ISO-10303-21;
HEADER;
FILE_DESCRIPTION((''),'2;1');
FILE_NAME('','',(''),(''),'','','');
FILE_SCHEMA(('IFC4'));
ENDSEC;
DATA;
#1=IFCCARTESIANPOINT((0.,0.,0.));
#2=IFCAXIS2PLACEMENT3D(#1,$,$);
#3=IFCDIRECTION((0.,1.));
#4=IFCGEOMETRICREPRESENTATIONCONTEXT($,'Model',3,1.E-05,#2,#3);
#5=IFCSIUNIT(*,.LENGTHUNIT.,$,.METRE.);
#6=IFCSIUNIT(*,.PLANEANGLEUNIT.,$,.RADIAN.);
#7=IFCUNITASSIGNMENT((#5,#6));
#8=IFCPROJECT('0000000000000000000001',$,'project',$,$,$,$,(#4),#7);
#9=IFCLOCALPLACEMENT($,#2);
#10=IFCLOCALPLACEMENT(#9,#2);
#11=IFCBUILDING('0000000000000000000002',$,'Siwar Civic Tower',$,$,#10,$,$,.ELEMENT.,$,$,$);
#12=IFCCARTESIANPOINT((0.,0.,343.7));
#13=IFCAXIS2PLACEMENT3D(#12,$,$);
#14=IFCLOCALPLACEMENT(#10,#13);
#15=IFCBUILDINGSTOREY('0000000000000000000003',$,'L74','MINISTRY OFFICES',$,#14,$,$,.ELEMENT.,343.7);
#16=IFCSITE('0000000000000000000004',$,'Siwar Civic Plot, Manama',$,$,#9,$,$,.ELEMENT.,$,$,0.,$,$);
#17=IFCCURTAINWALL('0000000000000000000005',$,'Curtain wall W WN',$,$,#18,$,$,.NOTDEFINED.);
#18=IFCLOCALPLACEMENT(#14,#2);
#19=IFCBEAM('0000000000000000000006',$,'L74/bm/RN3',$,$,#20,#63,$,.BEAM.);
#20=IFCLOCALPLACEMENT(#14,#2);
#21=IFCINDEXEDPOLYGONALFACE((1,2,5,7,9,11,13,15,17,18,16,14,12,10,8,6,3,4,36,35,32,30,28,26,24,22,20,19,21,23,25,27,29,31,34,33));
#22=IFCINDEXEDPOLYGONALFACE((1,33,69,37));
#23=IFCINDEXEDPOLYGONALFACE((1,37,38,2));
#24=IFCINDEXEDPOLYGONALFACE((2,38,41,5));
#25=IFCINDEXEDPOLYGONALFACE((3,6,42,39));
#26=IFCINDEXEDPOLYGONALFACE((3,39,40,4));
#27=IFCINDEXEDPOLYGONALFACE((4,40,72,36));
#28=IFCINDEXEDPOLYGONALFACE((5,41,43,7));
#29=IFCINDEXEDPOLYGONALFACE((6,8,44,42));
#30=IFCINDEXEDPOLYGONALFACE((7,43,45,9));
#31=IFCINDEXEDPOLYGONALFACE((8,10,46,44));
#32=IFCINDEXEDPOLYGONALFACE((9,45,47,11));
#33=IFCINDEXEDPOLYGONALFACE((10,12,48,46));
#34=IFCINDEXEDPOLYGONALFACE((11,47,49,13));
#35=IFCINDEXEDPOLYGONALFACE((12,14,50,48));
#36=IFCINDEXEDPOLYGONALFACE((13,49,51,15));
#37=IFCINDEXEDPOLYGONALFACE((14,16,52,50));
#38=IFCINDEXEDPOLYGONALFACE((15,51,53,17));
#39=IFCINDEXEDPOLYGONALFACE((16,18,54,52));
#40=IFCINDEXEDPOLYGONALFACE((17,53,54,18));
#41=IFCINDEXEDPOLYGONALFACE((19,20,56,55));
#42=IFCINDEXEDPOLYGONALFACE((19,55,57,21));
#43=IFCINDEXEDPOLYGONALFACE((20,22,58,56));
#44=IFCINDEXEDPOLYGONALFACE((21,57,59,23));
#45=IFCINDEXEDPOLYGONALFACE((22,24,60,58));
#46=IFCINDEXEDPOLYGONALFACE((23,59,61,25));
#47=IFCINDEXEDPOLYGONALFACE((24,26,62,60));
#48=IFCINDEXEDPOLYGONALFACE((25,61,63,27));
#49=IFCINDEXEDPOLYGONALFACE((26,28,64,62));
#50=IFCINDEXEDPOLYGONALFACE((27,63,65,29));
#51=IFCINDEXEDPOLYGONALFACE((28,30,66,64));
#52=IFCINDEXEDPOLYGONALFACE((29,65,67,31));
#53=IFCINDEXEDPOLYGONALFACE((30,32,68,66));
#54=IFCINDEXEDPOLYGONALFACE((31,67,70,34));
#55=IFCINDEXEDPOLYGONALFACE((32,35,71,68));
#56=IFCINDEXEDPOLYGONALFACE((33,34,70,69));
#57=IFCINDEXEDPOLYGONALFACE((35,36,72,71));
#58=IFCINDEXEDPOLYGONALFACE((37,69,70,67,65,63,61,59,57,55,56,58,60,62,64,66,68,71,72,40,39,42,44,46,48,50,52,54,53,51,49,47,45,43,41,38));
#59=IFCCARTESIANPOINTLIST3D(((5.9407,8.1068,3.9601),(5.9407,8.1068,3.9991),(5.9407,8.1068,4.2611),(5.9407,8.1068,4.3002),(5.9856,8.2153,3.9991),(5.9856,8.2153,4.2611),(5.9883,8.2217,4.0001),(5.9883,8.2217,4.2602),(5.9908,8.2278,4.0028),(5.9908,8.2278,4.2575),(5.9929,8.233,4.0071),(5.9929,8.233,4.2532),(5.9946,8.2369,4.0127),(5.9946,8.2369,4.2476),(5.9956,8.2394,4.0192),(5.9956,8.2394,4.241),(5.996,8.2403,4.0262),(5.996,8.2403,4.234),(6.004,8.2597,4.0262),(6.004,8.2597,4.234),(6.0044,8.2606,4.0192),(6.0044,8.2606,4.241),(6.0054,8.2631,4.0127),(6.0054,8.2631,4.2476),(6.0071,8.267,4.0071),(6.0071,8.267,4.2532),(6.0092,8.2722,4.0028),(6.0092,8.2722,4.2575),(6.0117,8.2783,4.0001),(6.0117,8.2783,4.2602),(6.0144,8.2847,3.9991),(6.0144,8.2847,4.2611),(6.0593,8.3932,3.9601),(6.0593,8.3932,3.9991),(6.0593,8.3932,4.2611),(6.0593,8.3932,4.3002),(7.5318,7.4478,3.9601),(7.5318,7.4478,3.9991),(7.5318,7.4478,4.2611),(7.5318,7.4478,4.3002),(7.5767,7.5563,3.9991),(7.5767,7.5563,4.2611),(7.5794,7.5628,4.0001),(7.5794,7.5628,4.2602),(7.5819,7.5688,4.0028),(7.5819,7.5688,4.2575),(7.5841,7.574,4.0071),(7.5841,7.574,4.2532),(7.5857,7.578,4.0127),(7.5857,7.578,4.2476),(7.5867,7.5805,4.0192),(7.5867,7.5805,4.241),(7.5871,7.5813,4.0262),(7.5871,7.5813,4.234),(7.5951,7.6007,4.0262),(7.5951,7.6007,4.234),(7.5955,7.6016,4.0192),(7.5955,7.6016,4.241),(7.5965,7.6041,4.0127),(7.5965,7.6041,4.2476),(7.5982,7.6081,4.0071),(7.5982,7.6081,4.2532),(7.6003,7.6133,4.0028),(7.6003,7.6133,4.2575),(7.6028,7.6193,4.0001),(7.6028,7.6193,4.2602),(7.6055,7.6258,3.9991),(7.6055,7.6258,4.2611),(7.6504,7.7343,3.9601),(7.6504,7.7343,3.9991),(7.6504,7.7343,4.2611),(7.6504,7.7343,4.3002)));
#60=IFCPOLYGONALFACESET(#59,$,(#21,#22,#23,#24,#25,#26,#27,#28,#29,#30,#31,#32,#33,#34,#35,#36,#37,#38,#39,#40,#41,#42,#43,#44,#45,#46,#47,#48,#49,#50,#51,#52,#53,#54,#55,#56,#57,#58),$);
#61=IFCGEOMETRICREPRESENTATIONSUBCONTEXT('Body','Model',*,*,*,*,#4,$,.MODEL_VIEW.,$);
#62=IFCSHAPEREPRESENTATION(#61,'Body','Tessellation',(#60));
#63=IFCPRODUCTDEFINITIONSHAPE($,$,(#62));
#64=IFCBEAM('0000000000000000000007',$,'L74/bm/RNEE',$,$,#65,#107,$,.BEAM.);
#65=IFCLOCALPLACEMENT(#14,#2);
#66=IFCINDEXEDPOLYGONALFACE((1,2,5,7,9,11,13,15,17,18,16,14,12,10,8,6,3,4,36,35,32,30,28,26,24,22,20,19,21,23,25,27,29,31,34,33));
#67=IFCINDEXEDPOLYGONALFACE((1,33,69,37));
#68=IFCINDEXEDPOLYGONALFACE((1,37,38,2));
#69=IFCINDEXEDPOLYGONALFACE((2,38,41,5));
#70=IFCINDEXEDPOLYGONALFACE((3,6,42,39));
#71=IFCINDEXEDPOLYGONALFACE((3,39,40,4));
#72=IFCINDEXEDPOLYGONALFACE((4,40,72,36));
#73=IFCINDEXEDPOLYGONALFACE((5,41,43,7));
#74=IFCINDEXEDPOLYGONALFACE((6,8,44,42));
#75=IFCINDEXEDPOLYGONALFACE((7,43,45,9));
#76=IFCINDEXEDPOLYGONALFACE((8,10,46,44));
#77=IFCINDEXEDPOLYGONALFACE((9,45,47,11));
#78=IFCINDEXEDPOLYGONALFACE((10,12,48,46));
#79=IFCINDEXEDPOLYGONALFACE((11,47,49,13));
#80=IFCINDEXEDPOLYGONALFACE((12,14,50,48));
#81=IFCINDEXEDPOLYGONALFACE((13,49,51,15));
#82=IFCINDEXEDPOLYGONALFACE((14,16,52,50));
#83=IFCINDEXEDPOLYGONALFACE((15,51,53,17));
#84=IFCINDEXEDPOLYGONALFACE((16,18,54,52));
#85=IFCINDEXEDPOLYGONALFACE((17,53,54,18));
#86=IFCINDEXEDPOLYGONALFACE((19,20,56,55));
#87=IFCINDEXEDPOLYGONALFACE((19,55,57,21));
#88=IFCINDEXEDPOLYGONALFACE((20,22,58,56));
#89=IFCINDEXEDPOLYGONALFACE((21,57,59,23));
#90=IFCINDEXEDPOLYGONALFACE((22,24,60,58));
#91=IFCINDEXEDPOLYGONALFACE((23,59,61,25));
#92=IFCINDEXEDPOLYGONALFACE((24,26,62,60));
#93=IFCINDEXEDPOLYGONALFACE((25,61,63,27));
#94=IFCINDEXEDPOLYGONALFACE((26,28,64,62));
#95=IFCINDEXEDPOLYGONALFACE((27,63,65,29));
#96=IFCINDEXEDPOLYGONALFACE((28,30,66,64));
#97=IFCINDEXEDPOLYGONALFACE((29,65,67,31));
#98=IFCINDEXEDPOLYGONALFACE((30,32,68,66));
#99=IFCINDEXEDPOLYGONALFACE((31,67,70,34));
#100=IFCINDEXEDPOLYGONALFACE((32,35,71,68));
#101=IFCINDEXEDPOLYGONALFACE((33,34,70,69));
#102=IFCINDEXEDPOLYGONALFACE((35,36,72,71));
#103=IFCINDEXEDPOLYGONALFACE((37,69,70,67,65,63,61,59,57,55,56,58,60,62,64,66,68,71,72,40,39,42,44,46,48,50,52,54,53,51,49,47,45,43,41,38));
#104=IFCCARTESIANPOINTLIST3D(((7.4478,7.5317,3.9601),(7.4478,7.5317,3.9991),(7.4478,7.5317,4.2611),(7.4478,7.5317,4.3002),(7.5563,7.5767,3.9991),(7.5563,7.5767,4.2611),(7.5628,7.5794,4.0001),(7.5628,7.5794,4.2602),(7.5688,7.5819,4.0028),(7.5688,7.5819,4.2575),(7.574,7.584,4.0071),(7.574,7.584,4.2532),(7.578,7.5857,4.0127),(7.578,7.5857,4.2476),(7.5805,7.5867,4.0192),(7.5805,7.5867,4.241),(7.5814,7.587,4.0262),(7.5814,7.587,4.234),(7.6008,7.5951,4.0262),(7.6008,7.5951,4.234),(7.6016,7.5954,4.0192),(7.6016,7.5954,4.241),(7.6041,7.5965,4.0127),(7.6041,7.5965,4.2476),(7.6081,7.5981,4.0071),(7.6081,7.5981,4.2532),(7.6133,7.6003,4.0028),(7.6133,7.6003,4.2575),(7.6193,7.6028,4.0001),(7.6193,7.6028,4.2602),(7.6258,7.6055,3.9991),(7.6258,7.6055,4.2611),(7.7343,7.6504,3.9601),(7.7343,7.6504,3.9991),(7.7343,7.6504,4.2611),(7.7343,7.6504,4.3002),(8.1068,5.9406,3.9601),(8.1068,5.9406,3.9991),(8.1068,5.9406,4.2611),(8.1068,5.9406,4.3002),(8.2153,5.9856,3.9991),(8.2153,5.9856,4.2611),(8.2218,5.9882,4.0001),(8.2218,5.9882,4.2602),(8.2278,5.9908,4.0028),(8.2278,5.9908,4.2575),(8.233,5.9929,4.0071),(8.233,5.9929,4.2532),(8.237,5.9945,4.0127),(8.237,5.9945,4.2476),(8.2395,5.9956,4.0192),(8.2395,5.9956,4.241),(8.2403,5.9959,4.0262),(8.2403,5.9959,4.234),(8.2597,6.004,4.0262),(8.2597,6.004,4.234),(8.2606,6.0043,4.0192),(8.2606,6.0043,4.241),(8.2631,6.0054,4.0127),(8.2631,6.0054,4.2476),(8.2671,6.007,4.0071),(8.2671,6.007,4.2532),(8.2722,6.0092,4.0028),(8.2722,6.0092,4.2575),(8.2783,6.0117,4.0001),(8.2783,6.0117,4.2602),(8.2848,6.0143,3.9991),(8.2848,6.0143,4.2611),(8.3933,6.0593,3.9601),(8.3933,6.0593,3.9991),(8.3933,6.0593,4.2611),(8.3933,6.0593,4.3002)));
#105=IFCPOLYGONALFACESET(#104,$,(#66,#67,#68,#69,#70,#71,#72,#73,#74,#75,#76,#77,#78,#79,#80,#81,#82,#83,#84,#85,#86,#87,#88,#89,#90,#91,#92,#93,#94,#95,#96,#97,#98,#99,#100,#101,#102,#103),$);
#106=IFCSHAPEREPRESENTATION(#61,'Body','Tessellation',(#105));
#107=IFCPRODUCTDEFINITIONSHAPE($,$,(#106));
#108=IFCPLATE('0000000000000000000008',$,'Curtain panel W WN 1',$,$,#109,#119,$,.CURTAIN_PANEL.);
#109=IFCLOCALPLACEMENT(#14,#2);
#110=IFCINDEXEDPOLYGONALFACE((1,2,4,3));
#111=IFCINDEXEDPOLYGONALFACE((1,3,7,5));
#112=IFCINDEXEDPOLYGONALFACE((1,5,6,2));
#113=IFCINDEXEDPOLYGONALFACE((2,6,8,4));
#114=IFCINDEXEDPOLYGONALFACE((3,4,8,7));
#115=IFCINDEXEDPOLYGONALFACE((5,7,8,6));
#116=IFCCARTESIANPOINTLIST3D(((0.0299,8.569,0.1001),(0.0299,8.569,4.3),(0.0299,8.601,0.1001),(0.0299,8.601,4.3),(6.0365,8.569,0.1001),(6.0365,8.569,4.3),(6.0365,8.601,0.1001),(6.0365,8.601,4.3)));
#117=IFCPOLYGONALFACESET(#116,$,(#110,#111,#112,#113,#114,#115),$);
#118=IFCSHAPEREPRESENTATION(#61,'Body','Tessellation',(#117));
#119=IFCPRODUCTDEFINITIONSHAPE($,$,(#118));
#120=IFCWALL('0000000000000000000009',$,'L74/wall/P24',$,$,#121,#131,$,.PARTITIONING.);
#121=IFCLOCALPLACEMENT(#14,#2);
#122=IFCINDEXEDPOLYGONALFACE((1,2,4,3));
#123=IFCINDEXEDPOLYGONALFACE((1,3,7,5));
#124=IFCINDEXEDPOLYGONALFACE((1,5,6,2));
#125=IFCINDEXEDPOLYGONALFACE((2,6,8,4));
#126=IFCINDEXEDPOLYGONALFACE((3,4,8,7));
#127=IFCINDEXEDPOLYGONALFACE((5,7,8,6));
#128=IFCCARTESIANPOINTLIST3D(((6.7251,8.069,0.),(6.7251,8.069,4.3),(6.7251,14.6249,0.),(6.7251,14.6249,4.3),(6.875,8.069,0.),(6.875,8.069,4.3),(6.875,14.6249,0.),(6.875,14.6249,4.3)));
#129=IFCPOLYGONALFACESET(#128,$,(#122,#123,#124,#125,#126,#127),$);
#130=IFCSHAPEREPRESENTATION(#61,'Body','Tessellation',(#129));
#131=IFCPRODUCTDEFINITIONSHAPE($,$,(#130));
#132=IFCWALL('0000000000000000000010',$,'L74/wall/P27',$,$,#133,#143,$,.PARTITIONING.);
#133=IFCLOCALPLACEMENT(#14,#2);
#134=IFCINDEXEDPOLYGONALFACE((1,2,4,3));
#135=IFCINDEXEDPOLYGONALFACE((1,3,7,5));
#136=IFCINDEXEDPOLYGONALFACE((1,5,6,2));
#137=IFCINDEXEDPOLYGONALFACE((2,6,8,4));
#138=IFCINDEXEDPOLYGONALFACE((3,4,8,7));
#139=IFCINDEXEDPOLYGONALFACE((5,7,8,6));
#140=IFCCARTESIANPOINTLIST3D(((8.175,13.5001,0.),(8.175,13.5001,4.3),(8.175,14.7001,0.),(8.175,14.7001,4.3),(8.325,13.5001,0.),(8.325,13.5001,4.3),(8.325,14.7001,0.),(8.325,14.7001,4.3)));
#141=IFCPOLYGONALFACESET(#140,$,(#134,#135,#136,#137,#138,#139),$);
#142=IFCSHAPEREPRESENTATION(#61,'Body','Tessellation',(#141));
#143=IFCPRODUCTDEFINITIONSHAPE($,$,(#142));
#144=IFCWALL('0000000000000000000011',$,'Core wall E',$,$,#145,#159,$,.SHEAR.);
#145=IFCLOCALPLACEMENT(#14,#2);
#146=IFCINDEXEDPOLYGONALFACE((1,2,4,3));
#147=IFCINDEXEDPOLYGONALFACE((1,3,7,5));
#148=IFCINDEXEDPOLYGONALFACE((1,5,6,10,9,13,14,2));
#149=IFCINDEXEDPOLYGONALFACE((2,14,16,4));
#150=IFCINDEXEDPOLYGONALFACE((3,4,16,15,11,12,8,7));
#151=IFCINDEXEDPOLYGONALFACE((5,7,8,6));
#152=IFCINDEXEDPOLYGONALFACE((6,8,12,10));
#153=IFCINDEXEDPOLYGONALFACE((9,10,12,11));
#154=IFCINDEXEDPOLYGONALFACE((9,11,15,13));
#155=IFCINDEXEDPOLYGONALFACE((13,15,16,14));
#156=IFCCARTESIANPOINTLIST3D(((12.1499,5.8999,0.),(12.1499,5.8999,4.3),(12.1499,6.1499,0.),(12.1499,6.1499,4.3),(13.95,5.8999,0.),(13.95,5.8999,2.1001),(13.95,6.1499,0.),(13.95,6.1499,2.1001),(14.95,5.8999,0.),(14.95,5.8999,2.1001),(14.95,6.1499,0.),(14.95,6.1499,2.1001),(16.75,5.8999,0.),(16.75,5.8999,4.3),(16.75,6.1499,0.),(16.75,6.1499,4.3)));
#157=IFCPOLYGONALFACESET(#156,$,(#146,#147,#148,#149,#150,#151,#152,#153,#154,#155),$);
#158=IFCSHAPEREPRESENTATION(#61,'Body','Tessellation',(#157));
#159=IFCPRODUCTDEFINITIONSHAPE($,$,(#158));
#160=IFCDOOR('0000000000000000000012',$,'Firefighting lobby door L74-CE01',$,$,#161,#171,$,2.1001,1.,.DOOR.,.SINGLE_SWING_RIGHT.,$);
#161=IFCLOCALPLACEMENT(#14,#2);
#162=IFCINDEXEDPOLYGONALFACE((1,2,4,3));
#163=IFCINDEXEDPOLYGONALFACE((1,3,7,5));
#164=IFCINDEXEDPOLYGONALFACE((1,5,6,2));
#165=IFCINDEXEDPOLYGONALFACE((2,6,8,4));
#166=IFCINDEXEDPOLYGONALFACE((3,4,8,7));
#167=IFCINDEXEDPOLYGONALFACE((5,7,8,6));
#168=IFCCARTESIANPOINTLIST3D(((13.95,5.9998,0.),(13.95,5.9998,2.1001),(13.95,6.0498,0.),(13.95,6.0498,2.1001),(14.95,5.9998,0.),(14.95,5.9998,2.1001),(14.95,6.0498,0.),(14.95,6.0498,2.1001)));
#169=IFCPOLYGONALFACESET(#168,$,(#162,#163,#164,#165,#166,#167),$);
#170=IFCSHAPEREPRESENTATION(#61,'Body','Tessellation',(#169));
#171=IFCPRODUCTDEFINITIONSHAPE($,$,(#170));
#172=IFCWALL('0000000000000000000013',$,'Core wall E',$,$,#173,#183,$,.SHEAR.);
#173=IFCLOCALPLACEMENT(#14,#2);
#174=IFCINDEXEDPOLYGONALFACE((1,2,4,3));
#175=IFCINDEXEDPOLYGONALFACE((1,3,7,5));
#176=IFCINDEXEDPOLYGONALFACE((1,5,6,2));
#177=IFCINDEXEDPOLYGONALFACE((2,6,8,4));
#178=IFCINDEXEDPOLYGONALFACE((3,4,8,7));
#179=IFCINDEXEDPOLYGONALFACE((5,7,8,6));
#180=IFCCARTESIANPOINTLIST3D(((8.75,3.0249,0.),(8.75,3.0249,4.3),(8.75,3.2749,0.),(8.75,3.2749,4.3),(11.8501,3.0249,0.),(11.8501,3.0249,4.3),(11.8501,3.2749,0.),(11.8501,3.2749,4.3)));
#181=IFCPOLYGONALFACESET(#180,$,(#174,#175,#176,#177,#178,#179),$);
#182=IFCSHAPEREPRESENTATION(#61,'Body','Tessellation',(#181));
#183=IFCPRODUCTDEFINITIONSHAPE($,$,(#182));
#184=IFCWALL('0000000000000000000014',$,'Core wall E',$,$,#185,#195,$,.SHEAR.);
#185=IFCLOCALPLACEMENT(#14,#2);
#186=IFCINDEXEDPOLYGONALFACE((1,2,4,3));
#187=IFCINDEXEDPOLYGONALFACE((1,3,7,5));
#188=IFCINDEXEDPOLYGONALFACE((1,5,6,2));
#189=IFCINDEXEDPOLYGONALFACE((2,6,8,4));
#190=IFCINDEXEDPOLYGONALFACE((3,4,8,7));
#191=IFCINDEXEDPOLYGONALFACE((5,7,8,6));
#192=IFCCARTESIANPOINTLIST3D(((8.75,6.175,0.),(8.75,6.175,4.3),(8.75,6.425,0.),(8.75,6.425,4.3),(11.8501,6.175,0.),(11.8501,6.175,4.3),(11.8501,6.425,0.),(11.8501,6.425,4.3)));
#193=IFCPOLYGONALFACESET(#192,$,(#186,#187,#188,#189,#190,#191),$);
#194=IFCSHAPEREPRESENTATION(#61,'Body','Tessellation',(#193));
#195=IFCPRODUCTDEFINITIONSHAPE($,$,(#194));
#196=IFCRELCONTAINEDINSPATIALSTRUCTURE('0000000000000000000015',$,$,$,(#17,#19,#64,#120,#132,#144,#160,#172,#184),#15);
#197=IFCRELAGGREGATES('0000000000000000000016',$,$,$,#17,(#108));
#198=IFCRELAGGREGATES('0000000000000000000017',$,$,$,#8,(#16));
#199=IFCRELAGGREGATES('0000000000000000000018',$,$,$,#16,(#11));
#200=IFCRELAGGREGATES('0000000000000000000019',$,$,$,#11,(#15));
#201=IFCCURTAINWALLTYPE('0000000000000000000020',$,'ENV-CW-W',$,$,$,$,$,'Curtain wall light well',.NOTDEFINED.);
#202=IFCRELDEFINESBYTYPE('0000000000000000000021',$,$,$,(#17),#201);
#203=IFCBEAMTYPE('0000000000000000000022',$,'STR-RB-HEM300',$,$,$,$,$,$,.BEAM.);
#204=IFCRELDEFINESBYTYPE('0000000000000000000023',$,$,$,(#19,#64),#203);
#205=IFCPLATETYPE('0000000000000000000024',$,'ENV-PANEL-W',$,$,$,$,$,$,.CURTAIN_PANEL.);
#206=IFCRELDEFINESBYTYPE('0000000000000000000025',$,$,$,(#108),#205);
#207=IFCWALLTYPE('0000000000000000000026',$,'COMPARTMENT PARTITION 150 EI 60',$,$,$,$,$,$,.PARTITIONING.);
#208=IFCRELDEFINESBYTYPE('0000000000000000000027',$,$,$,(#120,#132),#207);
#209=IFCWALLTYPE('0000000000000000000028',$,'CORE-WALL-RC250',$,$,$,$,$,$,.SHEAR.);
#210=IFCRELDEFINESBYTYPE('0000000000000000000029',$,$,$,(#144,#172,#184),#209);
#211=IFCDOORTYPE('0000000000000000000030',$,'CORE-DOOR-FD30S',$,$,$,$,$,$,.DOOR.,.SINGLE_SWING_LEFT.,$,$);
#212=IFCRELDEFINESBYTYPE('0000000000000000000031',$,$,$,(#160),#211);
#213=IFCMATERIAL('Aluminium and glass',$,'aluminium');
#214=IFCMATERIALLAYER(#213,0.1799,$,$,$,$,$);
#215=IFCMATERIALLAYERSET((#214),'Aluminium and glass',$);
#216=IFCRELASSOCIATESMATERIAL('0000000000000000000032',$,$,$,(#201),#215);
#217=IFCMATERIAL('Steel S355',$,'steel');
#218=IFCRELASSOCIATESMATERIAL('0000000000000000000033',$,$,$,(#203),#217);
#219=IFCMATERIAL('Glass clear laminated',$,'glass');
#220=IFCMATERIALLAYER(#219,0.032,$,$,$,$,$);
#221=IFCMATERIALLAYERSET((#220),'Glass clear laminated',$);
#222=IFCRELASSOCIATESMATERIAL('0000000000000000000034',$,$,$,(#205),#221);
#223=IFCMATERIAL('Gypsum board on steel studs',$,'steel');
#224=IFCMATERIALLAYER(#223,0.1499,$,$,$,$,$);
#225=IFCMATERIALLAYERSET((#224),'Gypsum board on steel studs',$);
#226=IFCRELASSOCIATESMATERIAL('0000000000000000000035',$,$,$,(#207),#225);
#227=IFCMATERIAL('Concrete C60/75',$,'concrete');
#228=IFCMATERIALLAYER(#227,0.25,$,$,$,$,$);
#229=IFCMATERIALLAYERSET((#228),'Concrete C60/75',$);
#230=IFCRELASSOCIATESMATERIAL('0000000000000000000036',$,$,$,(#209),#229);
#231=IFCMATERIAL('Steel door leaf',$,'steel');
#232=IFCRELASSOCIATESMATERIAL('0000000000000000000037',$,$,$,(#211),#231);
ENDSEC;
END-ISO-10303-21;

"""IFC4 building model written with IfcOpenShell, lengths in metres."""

from ifc_helpers import new_model, si_unit, direction, frame, frame_2d, origin, origin_2d, place, context, subcontext, project, spatial, rectangle, i_section, extrude, material, layer, layer_set, material_profile, profile_set, type_object, element, fill, aggregate, save


model = new_model("IFC4")

# Units and contexts
model_context = context("Model", 3, precision=1e-05, world=origin(), true_north=direction((0.0, 1.0)))
body_context = subcontext(model_context, "Body", "Model", "MODEL_VIEW")
ifc_project = project(units=[si_unit("LENGTHUNIT", "METRE"), si_unit("PLANEANGLEUNIT", "RADIAN")], contexts=[model_context])

# Site, building, storey
site_placement = place(None, origin())
site = spatial("IfcSite", under=ifc_project, at=site_placement, Name="Siwar Civic Plot, Manama", CompositionType="ELEMENT", RefElevation=0.0)
building_placement = place(site_placement, origin())
building = spatial("IfcBuilding", under=site, at=building_placement, Name="Siwar Civic Tower", CompositionType="ELEMENT")
storey_placement = place(building_placement, frame((0.0, 0.0, 343.7)))
storey = spatial("IfcBuildingStorey", under=building, at=storey_placement, Name="L74", Description="MINISTRY OFFICES", CompositionType="ELEMENT", Elevation=343.7)

# Curtain wall
ifc_material_1 = material(Name="Aluminium and glass", Category="aluminium")
ifc_layer_1 = layer(ifc_material_1, 0.1799)
ifc_layer_set_1 = layer_set([ifc_layer_1], Name="Aluminium and glass")
curtain_wall_type = type_object("IfcCurtainWallType", Name="ENV-CW-W", ElementType="Curtain wall light well", PredefinedType="NOTDEFINED", material=ifc_layer_set_1)
curtain_wall_placement = place(storey_placement, origin())
curtain_wall = element("IfcCurtainWall", 1, at=curtain_wall_placement, inside=storey, type_object=curtain_wall_type, Name="Curtain wall W WN", PredefinedType="NOTDEFINED")

# Beams
ifc_material_2 = material(Name="Steel S355", Category="steel")
ifc_material_profile_1 = material_profile(ifc_material_2, i_section(OverallWidth=0.3101, OverallDepth=0.3401, WebThickness=0.021, FlangeThickness=0.0391, FilletRadius=0.0271, at=origin_2d()), Name="HEM300")
ifc_profile_set_1 = profile_set([ifc_material_profile_1], Name="Steel S355")
beam_type_1 = type_object("IfcBeamType", Name="STR-RB-HEM300", PredefinedType="BEAM", material=ifc_profile_set_1)
for number, where, z_axis, x_axis, name in (
    (2, (6.0, 8.25, 4.1301), (0.923901, -0.382631, 0.0), (0.382631, 0.923901, 0.0), "L74/bm/RN3"),
    (3, (7.5911, 7.5911, 4.1301), (0.382631, -0.923901, 0.0), (0.923901, 0.382631, 0.0), "L74/bm/RNEE"),
):
    element("IfcBeam", number, at=place(storey_placement, frame(where, z_axis=z_axis, x_axis=x_axis)), inside=storey, type_object=beam_type_1, Name=name, PredefinedType="BEAM", context=body_context, shape_type="SweptSolid", body=[
        extrude(i_section(OverallWidth=0.3101, OverallDepth=0.3401, WebThickness=0.021, FlangeThickness=0.0391, FilletRadius=0.0271, at=origin_2d()), origin(), (0.0, 0.0, 1.0), 1.7222),
    ])

# Plate
ifc_material_3 = material(Name="Glass clear laminated", Category="glass")
ifc_layer_2 = layer(ifc_material_3, 0.032)
ifc_layer_set_2 = layer_set([ifc_layer_2], Name="Glass clear laminated")
plate_type = type_object("IfcPlateType", Name="ENV-PANEL-W", PredefinedType="CURTAIN_PANEL", material=ifc_layer_set_2)
plate_placement = place(storey_placement, frame((3.0332, 8.585, 0.1001), z_axis=(0.0, 0.0, 1.0), x_axis=(-1.0, 0.0, 0.0)))
plate = element("IfcPlate", 4, at=plate_placement, type_object=plate_type, Name="Curtain panel W WN 1", PredefinedType="CURTAIN_PANEL", context=body_context, shape_type="SweptSolid", body=[
    extrude(rectangle(XDim=6.0066, YDim=0.032, at=origin_2d()), origin(), (0.0, 0.0, 1.0), 4.2),
])
aggregate(curtain_wall, [plate])

# Walls
ifc_material_4 = material(Name="Gypsum board on steel studs", Category="steel")
ifc_layer_3 = layer(ifc_material_4, 0.1499)
ifc_layer_set_3 = layer_set([ifc_layer_3], Name="Gypsum board on steel studs")
wall_type_1 = type_object("IfcWallType", Name="COMPARTMENT PARTITION 150 EI 60", PredefinedType="PARTITIONING", material=ifc_layer_set_3)
wall_1_placement = place(storey_placement, frame((6.8, 8.0691, 0.0), z_axis=(0.0, 0.0, 1.0), x_axis=(0.0, 1.0, 0.0)))
element("IfcWall", 5, at=wall_1_placement, inside=storey, type_object=wall_type_1, Name="L74/wall/P24", PredefinedType="PARTITIONING", context=body_context, shape_type="SweptSolid", body=[
    extrude(rectangle(XDim=6.5559, YDim=0.1499, at=frame_2d((3.2778, 0.0))), origin(), (0.0, 0.0, 1.0), 4.3),
])
wall_2_placement = place(storey_placement, frame((8.25, 13.5, 0.0), z_axis=(0.0, 0.0, 1.0), x_axis=(0.0, 1.0, 0.0)))
element("IfcWall", 6, at=wall_2_placement, inside=storey, type_object=wall_type_1, Name="L74/wall/P27", PredefinedType="PARTITIONING", context=body_context, shape_type="SweptSolid", body=[
    extrude(rectangle(XDim=1.2, YDim=0.1499, at=frame_2d((0.6001, 0.0))), origin(), (0.0, 0.0, 1.0), 4.3),
])

# Wall, opening, door
ifc_material_5 = material(Name="Concrete C60/75", Category="concrete")
ifc_layer_4 = layer(ifc_material_5, 0.25)
ifc_layer_set_4 = layer_set([ifc_layer_4], Name="Concrete C60/75")
wall_type_2 = type_object("IfcWallType", Name="CORE-WALL-RC250", PredefinedType="SHEAR", material=ifc_layer_set_4)
wall_3_placement = place(storey_placement, frame((12.1499, 6.0249, 0.0), z_axis=(0.0, 0.0, 1.0), x_axis=(1.0, 0.0, 0.0)))
wall_3 = element("IfcWall", 7, at=wall_3_placement, inside=storey, type_object=wall_type_2, Name="Core wall E", PredefinedType="SHEAR", context=body_context, shape_type="SweptSolid", body=[
    extrude(rectangle(XDim=4.6001, YDim=0.25, at=frame_2d((2.3, 0.0))), origin(), (0.0, 0.0, 1.0), 4.3),
])
opening_1_placement = place(wall_3_placement, frame((1.8, 0.0, 0.0)))
opening_1 = element("IfcOpeningElement", 8, at=opening_1_placement, cuts=wall_3, PredefinedType="OPENING", context=body_context, shape_type="SweptSolid", body=[
    extrude(rectangle(XDim=1.0, YDim=2.1001, at=frame_2d((0.5, 1.05))), frame((0.0, 0.135, 0.0), z_axis=(0.0, -1.0, 0.0), x_axis=(1.0, 0.0, 0.0)), (0.0, 0.0, 1.0), 0.27),
])
ifc_material_6 = material(Name="Steel door leaf", Category="steel")
door_type_1 = type_object("IfcDoorType", Name="CORE-DOOR-FD30S", OperationType="SINGLE_SWING_LEFT", PredefinedType="DOOR", material=ifc_material_6)
door_1_placement = place(opening_1_placement, origin())
door_1 = element("IfcDoor", 9, at=door_1_placement, inside=storey, type_object=door_type_1, Name="Firefighting lobby door L74-CE01", OperationType="SINGLE_SWING_RIGHT", OverallHeight=2.1001, OverallWidth=1.0, PredefinedType="DOOR", context=body_context, shape_type="SweptSolid", body=[
    extrude(rectangle(XDim=1.0, YDim=2.1001, at=frame_2d((0.5, 1.05))), frame((0.0, 0.0249, 0.0), z_axis=(0.0, -1.0, 0.0), x_axis=(1.0, 0.0, 0.0)), (0.0, 0.0, 1.0), 0.05),
])
fill(opening_1, door_1)

# Walls
for number, where, z_axis, x_axis, name in (
    (10, (8.75, 3.1499, 0.0), (0.0, 0.0, 1.0), (1.0, 0.0, 0.0), "Core wall E"),
    (11, (8.75, 6.3, 0.0), (0.0, 0.0, 1.0), (1.0, 0.0, 0.0), "Core wall E"),
):
    element("IfcWall", number, at=place(storey_placement, frame(where, z_axis=z_axis, x_axis=x_axis)), inside=storey, type_object=wall_type_2, Name=name, PredefinedType="SHEAR", context=body_context, shape_type="SweptSolid", body=[
        extrude(rectangle(XDim=3.1001, YDim=0.25, at=frame_2d((1.55, 0.0))), origin(), (0.0, 0.0, 1.0), 4.3),
    ])

save(model, "model.ifc")
